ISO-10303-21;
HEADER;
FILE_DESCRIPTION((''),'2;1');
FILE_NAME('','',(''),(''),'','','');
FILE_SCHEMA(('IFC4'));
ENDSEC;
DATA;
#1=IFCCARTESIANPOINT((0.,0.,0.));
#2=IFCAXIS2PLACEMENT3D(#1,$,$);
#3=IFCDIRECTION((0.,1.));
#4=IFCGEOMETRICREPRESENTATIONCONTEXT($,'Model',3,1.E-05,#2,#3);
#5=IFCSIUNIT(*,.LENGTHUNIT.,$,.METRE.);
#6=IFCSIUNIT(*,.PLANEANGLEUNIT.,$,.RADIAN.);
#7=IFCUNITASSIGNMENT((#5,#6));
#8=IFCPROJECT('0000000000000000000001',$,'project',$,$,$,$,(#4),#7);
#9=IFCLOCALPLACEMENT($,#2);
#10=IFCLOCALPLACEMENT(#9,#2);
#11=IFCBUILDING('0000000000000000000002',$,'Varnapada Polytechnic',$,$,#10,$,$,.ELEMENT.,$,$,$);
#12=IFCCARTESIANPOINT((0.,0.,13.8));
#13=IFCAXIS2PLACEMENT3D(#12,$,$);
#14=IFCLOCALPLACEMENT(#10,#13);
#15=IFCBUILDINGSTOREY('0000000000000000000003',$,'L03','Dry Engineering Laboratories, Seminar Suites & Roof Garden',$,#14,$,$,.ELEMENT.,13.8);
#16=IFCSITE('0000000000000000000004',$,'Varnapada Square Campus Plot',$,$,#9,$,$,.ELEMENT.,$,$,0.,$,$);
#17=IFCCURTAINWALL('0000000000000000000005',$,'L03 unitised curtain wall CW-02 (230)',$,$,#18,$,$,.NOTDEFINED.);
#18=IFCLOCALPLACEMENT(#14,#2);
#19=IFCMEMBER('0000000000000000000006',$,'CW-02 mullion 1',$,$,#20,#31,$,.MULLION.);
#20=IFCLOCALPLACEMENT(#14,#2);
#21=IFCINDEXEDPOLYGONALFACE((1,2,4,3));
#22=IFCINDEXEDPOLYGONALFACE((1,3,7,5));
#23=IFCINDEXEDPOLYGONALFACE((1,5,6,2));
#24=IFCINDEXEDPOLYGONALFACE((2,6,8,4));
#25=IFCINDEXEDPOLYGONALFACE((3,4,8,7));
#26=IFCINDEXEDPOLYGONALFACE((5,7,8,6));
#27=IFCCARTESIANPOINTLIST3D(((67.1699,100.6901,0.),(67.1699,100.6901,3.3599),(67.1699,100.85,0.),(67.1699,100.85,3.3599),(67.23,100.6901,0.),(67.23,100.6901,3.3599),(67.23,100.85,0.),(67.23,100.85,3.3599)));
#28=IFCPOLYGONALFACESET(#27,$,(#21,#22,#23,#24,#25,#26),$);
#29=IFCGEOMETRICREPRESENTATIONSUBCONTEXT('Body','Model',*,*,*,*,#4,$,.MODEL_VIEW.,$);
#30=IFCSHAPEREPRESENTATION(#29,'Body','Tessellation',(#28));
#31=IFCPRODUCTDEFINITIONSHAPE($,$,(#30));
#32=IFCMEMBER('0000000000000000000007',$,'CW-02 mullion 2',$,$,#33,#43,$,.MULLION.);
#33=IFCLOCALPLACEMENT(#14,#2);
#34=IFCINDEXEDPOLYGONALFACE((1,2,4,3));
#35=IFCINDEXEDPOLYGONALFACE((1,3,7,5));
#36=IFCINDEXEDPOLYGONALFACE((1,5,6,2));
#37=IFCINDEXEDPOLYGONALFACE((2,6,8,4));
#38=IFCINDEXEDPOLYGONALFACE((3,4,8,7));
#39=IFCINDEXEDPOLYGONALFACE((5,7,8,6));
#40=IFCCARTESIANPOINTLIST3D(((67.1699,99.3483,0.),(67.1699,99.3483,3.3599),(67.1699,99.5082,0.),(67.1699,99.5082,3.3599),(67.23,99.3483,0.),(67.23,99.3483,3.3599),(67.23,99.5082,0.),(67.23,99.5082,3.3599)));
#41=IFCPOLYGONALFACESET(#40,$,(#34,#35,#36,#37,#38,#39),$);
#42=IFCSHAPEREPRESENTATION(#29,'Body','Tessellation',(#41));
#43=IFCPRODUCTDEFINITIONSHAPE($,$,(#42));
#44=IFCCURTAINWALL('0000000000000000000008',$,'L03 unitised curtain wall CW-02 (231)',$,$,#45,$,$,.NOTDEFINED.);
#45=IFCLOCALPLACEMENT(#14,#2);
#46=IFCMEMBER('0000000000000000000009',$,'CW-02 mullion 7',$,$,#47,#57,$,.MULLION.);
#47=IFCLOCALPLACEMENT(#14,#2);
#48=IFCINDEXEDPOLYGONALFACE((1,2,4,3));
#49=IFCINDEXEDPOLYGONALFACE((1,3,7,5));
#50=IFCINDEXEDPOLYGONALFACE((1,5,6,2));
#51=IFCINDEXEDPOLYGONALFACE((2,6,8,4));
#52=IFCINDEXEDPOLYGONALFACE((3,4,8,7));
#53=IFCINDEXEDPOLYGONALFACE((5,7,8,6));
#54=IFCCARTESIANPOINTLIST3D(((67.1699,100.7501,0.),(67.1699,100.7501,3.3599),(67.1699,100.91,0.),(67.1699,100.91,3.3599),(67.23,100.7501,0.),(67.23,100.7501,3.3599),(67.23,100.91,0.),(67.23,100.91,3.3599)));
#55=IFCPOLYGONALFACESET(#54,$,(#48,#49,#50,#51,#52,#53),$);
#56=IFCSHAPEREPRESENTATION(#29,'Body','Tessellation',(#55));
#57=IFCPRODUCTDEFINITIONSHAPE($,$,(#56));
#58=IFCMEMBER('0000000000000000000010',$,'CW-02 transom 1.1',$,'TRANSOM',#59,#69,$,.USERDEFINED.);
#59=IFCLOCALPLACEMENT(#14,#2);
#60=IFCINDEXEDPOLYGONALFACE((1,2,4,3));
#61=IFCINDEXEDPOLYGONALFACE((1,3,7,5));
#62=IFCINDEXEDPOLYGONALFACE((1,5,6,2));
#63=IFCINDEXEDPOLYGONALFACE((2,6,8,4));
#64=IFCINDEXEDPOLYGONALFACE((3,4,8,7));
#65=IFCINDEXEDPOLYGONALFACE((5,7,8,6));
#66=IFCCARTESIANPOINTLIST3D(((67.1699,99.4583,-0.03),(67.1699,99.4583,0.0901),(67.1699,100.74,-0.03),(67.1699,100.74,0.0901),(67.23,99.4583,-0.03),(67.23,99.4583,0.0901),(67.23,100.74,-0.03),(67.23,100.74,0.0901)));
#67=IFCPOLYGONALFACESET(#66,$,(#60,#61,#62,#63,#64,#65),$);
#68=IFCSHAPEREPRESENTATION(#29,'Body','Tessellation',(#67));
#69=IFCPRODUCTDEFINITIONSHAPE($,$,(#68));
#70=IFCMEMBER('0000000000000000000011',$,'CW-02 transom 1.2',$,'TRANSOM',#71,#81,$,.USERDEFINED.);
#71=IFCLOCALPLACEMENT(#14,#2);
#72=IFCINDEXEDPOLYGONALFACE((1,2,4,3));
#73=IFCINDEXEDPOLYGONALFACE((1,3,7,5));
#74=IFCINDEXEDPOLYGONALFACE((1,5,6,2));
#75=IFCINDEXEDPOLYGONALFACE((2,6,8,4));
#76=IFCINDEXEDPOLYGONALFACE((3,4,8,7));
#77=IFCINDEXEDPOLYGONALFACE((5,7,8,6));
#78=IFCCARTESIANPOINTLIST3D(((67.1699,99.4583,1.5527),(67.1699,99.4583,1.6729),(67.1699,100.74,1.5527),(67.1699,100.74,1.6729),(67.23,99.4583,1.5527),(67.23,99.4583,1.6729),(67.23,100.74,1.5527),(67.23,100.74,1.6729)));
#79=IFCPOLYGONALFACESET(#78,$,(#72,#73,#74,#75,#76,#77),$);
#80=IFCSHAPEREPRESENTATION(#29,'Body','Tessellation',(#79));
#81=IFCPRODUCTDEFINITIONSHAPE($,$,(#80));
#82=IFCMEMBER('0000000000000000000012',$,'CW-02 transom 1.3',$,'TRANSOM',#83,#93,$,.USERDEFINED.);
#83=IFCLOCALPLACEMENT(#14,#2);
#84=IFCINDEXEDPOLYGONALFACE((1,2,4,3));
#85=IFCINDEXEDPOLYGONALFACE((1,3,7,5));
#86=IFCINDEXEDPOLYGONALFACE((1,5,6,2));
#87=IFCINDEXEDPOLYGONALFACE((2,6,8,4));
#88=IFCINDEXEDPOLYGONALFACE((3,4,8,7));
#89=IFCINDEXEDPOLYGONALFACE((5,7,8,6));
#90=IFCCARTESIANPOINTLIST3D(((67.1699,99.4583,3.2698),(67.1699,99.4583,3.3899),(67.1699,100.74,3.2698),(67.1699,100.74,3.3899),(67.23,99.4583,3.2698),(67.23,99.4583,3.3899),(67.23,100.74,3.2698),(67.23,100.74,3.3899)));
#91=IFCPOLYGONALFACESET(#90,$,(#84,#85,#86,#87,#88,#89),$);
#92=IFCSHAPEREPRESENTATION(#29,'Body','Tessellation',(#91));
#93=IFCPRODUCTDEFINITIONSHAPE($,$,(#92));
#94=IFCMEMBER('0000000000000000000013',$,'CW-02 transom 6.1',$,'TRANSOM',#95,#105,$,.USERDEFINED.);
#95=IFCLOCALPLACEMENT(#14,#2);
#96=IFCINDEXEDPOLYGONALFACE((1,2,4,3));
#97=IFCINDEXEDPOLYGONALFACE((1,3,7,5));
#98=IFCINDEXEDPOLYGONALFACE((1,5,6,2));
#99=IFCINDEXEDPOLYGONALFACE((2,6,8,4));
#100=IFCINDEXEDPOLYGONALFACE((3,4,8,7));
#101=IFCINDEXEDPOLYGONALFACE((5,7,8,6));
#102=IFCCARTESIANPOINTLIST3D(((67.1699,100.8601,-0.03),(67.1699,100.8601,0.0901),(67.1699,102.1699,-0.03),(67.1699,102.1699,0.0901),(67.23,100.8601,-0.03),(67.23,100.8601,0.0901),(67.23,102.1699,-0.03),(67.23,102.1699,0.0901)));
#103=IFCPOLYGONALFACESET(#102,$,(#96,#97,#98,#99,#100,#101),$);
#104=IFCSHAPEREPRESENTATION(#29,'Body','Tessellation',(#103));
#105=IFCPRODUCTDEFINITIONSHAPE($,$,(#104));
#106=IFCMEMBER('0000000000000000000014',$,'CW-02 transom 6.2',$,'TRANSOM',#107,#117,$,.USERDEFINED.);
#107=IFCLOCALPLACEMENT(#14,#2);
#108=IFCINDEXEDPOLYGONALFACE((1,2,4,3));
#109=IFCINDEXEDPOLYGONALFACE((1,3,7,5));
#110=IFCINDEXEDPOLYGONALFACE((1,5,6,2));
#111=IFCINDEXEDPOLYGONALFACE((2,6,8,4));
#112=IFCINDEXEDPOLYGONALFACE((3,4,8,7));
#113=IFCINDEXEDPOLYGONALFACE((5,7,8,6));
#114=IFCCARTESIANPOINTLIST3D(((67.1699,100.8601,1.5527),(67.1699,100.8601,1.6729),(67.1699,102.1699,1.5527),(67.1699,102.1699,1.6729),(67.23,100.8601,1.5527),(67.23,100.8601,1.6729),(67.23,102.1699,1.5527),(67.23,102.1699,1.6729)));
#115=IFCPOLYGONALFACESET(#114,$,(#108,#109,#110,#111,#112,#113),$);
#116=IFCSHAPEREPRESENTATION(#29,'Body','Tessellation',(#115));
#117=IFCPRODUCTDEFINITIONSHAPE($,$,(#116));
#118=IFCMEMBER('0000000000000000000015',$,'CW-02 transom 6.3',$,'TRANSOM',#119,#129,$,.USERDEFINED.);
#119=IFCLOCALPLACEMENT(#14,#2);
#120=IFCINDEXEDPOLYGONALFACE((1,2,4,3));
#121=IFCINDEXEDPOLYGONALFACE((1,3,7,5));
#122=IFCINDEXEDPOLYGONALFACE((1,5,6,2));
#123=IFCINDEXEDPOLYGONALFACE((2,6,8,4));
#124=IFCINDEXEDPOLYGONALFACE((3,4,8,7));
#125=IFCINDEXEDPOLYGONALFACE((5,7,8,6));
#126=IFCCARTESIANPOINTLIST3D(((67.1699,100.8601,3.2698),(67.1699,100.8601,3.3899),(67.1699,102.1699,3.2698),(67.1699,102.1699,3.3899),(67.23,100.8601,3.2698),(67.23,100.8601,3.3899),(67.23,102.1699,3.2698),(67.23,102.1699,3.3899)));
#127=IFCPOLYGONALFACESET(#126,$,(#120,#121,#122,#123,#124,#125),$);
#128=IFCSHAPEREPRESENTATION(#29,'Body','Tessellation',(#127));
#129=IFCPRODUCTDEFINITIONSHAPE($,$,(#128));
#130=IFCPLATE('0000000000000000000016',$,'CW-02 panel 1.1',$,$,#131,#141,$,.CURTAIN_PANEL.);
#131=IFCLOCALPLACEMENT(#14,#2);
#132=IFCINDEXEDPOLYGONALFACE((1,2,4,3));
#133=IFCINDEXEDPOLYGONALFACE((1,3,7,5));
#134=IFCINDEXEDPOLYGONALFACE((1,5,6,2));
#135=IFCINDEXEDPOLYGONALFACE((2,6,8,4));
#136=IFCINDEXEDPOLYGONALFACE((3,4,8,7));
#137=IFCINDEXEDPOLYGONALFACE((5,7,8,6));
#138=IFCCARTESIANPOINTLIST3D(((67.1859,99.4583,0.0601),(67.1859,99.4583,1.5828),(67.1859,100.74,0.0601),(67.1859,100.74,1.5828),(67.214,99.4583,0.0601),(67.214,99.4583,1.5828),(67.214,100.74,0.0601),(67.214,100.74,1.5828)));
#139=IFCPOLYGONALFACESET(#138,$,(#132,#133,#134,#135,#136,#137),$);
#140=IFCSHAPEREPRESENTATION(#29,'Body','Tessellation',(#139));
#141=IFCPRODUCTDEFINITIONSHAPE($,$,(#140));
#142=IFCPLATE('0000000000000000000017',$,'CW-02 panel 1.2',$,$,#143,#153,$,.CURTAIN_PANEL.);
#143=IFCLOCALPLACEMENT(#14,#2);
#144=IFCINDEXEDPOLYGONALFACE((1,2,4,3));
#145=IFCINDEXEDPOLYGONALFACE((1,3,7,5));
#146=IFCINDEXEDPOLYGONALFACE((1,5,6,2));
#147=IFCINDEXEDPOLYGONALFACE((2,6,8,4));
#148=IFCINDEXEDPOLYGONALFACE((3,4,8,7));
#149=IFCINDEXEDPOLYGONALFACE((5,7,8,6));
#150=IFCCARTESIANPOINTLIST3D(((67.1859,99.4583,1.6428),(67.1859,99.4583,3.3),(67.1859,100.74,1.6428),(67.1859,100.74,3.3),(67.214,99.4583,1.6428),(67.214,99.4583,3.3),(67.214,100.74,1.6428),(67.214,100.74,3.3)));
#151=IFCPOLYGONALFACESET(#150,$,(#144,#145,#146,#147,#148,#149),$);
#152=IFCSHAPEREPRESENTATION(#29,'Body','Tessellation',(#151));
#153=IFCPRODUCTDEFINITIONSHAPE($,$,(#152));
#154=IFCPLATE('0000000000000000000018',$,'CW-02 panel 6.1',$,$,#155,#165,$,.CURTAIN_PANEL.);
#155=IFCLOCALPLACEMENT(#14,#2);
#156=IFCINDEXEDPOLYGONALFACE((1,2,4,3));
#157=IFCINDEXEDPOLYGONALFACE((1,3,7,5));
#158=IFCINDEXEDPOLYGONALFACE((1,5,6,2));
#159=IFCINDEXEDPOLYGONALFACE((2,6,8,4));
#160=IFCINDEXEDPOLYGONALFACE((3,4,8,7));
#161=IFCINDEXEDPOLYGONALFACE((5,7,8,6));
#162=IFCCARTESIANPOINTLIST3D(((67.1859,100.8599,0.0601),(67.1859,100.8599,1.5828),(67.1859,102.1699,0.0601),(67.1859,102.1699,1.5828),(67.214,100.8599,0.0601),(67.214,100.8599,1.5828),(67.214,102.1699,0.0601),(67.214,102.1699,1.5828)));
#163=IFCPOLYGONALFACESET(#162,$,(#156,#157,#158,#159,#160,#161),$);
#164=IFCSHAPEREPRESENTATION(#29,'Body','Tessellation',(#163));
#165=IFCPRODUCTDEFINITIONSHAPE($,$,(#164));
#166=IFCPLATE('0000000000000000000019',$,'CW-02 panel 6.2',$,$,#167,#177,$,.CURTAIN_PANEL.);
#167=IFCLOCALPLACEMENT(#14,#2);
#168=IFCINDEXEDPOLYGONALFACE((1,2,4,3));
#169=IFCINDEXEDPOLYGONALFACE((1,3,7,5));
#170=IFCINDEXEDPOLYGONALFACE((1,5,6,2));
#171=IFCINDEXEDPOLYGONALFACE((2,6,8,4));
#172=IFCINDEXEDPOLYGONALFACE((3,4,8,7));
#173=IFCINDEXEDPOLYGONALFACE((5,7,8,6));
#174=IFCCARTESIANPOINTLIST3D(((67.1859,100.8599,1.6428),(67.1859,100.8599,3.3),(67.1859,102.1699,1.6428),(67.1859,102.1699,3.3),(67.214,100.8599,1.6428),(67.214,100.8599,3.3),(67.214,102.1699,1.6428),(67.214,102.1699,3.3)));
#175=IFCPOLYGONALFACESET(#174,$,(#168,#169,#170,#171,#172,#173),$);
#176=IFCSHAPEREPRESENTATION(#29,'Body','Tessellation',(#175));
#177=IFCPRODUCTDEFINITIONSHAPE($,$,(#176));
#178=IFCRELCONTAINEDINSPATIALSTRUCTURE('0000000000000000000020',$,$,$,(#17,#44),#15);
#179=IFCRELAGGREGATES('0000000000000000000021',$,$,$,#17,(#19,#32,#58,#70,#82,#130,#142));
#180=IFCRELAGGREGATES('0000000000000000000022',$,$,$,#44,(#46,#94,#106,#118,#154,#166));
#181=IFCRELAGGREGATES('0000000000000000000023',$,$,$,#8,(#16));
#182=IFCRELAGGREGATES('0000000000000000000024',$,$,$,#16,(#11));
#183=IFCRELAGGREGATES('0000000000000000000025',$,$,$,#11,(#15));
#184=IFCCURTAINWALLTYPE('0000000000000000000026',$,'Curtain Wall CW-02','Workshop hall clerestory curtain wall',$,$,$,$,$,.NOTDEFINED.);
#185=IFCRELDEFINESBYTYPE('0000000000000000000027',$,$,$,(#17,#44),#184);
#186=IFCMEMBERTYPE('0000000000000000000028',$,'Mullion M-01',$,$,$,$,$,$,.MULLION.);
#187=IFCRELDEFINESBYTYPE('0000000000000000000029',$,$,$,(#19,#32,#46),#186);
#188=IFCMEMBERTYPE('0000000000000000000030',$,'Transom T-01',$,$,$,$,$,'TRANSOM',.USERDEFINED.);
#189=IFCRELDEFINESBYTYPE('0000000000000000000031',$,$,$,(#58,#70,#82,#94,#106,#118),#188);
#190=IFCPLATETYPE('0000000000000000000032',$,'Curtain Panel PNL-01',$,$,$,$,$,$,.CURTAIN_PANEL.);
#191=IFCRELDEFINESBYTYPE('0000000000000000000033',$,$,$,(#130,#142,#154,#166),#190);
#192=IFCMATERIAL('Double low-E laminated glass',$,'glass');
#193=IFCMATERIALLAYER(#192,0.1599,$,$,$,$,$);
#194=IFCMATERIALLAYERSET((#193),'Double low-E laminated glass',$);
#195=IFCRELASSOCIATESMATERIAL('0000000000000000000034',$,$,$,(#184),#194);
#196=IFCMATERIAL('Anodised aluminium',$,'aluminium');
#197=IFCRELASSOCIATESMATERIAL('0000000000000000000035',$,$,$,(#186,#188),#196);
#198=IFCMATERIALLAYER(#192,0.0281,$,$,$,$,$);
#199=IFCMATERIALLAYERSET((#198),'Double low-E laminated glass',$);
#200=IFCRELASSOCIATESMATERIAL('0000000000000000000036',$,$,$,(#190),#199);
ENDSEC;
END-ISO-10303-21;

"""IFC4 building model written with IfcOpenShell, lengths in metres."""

from ifc_helpers import new_model, si_unit, direction, frame, origin, origin_2d, place, context, subcontext, project, spatial, rectangle, extrude, material, layer, layer_set, material_profile, profile_set, type_object, element, aggregate, save


model = new_model("IFC4")

# Units and contexts
model_context = context("Model", 3, precision=1e-05, world=origin(), true_north=direction((0.0, 1.0)))
body_context = subcontext(model_context, "Body", "Model", "MODEL_VIEW")
ifc_project = project(units=[si_unit("LENGTHUNIT", "METRE"), si_unit("PLANEANGLEUNIT", "RADIAN")], contexts=[model_context])

# Site, building, storey
site_placement = place(None, origin())
site = spatial("IfcSite", under=ifc_project, at=site_placement, Name="Varnapada Square Campus Plot", CompositionType="ELEMENT", RefElevation=0.0)
building_placement = place(site_placement, origin())
building = spatial("IfcBuilding", under=site, at=building_placement, Name="Varnapada Polytechnic", CompositionType="ELEMENT")
storey_placement = place(building_placement, frame((0.0, 0.0, 13.8)))
storey = spatial("IfcBuildingStorey", under=building, at=storey_placement, Name="L03", Description="Dry Engineering Laboratories, Seminar Suites & Roof Garden", CompositionType="ELEMENT", Elevation=13.8)

# Curtain wall, members
ifc_material_1 = material(Name="Double low-E laminated glass", Category="glass")
ifc_layer_1 = layer(ifc_material_1, 0.1599)
ifc_layer_set_1 = layer_set([ifc_layer_1], Name="Double low-E laminated glass")
curtain_wall_type = type_object("IfcCurtainWallType", Name="Curtain Wall CW-02", Description="Workshop hall clerestory curtain wall", PredefinedType="NOTDEFINED", material=ifc_layer_set_1)
curtain_wall_1_placement = place(storey_placement, origin())
curtain_wall_1 = element("IfcCurtainWall", 1, at=curtain_wall_1_placement, inside=storey, type_object=curtain_wall_type, Name="L03 unitised curtain wall CW-02 (230)", PredefinedType="NOTDEFINED")
ifc_material_2 = material(Name="Anodised aluminium", Category="aluminium")
ifc_material_profile_1 = material_profile(ifc_material_2, rectangle(XDim=0.0601, YDim=0.1599, at=origin_2d()), Name="ALU M60x160")
ifc_profile_set_1 = profile_set([ifc_material_profile_1], Name="Anodised aluminium")
member_type_1 = type_object("IfcMemberType", Name="Mullion M-01", PredefinedType="MULLION", material=ifc_profile_set_1)
member_1_placement = place(storey_placement, frame((67.2, 100.77, 0.0), z_axis=(0.0, 0.0, 1.0), x_axis=(1.0, 0.0, 0.0)))
member_1 = element("IfcMember", 2, at=member_1_placement, type_object=member_type_1, Name="CW-02 mullion 1", PredefinedType="MULLION", context=body_context, shape_type="SweptSolid", body=[
    extrude(rectangle(XDim=0.0601, YDim=0.1599, at=origin_2d()), origin(), (0.0, 0.0, 1.0), 3.3599),
])
member_2_placement = place(storey_placement, frame((67.2, 99.4282, 0.0), z_axis=(0.0, 0.0, 1.0), x_axis=(1.0, 0.0, 0.0)))
member_2 = element("IfcMember", 3, at=member_2_placement, type_object=member_type_1, Name="CW-02 mullion 2", PredefinedType="MULLION", context=body_context, shape_type="SweptSolid", body=[
    extrude(rectangle(XDim=0.0601, YDim=0.1599, at=origin_2d()), origin(), (0.0, 0.0, 1.0), 3.3599),
])

# Curtain wall, member
curtain_wall_2_placement = place(storey_placement, origin())
curtain_wall_2 = element("IfcCurtainWall", 4, at=curtain_wall_2_placement, inside=storey, type_object=curtain_wall_type, Name="L03 unitised curtain wall CW-02 (231)", PredefinedType="NOTDEFINED")
member_3_placement = place(storey_placement, frame((67.2, 100.8301, 0.0), z_axis=(0.0, 0.0, 1.0), x_axis=(1.0, 0.0, 0.0)))
member_3 = element("IfcMember", 5, at=member_3_placement, type_object=member_type_1, Name="CW-02 mullion 7", PredefinedType="MULLION", context=body_context, shape_type="SweptSolid", body=[
    extrude(rectangle(XDim=0.0601, YDim=0.1599, at=origin_2d()), origin(), (0.0, 0.0, 1.0), 3.3599),
])

# Members
ifc_material_profile_2 = material_profile(ifc_material_2, rectangle(XDim=0.0601, YDim=0.1201, at=origin_2d()), Name="ALU T60x120")
ifc_profile_set_2 = profile_set([ifc_material_profile_2], Name="Anodised aluminium")
member_type_2 = type_object("IfcMemberType", Name="Transom T-01", ElementType="TRANSOM", PredefinedType="USERDEFINED", material=ifc_profile_set_2)
member_4_placement = place(storey_placement, frame((67.2, 100.74, 0.03), z_axis=(0.0, -1.0, 0.0), x_axis=(1.0, 0.0, 0.0)))
member_4 = element("IfcMember", 6, at=member_4_placement, type_object=member_type_2, Name="CW-02 transom 1.1", ObjectType="TRANSOM", PredefinedType="USERDEFINED", context=body_context, shape_type="SweptSolid", body=[
    extrude(rectangle(XDim=0.0601, YDim=0.1201, at=origin_2d()), origin(), (0.0, 0.0, 1.0), 1.2817),
])
member_5_placement = place(storey_placement, frame((67.2, 100.74, 1.6128), z_axis=(0.0, -1.0, 0.0), x_axis=(1.0, 0.0, 0.0)))
member_5 = element("IfcMember", 7, at=member_5_placement, type_object=member_type_2, Name="CW-02 transom 1.2", ObjectType="TRANSOM", PredefinedType="USERDEFINED", context=body_context, shape_type="SweptSolid", body=[
    extrude(rectangle(XDim=0.0601, YDim=0.1201, at=origin_2d()), origin(), (0.0, 0.0, 1.0), 1.2817),
])
member_6_placement = place(storey_placement, frame((67.2, 100.74, 3.3298), z_axis=(0.0, -1.0, 0.0), x_axis=(1.0, 0.0, 0.0)))
member_6 = element("IfcMember", 8, at=member_6_placement, type_object=member_type_2, Name="CW-02 transom 1.3", ObjectType="TRANSOM", PredefinedType="USERDEFINED", context=body_context, shape_type="SweptSolid", body=[
    extrude(rectangle(XDim=0.0601, YDim=0.1201, at=origin_2d()), origin(), (0.0, 0.0, 1.0), 1.2817),
])
member_7_placement = place(storey_placement, frame((67.2, 102.1699, 0.03), z_axis=(0.0, -1.0, 0.0), x_axis=(1.0, 0.0, 0.0)))
member_7 = element("IfcMember", 9, at=member_7_placement, type_object=member_type_2, Name="CW-02 transom 6.1", ObjectType="TRANSOM", PredefinedType="USERDEFINED", context=body_context, shape_type="SweptSolid", body=[
    extrude(rectangle(XDim=0.0601, YDim=0.1201, at=origin_2d()), origin(), (0.0, 0.0, 1.0), 1.3098),
])
member_8_placement = place(storey_placement, frame((67.2, 102.1699, 1.6128), z_axis=(0.0, -1.0, 0.0), x_axis=(1.0, 0.0, 0.0)))
member_8 = element("IfcMember", 10, at=member_8_placement, type_object=member_type_2, Name="CW-02 transom 6.2", ObjectType="TRANSOM", PredefinedType="USERDEFINED", context=body_context, shape_type="SweptSolid", body=[
    extrude(rectangle(XDim=0.0601, YDim=0.1201, at=origin_2d()), origin(), (0.0, 0.0, 1.0), 1.3098),
])
member_9_placement = place(storey_placement, frame((67.2, 102.1699, 3.3298), z_axis=(0.0, -1.0, 0.0), x_axis=(1.0, 0.0, 0.0)))
member_9 = element("IfcMember", 11, at=member_9_placement, type_object=member_type_2, Name="CW-02 transom 6.3", ObjectType="TRANSOM", PredefinedType="USERDEFINED", context=body_context, shape_type="SweptSolid", body=[
    extrude(rectangle(XDim=0.0601, YDim=0.1201, at=origin_2d()), origin(), (0.0, 0.0, 1.0), 1.3098),
])

# Plates
ifc_layer_2 = layer(ifc_material_1, 0.0281)
ifc_layer_set_2 = layer_set([ifc_layer_2], Name="Double low-E laminated glass")
plate_type = type_object("IfcPlateType", Name="Curtain Panel PNL-01", PredefinedType="CURTAIN_PANEL", material=ifc_layer_set_2)
plate_1_placement = place(storey_placement, frame((67.2, 100.0991, 0.0601), z_axis=(0.0, 0.0, 1.0), x_axis=(0.0, -1.0, 0.0)))
plate_1 = element("IfcPlate", 12, at=plate_1_placement, type_object=plate_type, Name="CW-02 panel 1.1", PredefinedType="CURTAIN_PANEL", context=body_context, shape_type="SweptSolid", body=[
    extrude(rectangle(XDim=1.2817, YDim=0.0281, at=origin_2d()), origin(), (0.0, 0.0, 1.0), 1.5227),
])
plate_2_placement = place(storey_placement, frame((67.2, 100.0991, 1.6428), z_axis=(0.0, 0.0, 1.0), x_axis=(0.0, -1.0, 0.0)))
plate_2 = element("IfcPlate", 13, at=plate_2_placement, type_object=plate_type, Name="CW-02 panel 1.2", PredefinedType="CURTAIN_PANEL", context=body_context, shape_type="SweptSolid", body=[
    extrude(rectangle(XDim=1.2817, YDim=0.0281, at=origin_2d()), origin(), (0.0, 0.0, 1.0), 1.6572),
])
aggregate(curtain_wall_1, [member_1, member_2, member_4, member_5, member_6, plate_1, plate_2])
plate_3_placement = place(storey_placement, frame((67.2, 101.5149, 0.0601), z_axis=(0.0, 0.0, 1.0), x_axis=(0.0, -1.0, 0.0)))
plate_3 = element("IfcPlate", 14, at=plate_3_placement, type_object=plate_type, Name="CW-02 panel 6.1", PredefinedType="CURTAIN_PANEL", context=body_context, shape_type="SweptSolid", body=[
    extrude(rectangle(XDim=1.3101, YDim=0.0281, at=origin_2d()), origin(), (0.0, 0.0, 1.0), 1.5227),
])
plate_4_placement = place(storey_placement, frame((67.2, 101.5149, 1.6428), z_axis=(0.0, 0.0, 1.0), x_axis=(0.0, -1.0, 0.0)))
plate_4 = element("IfcPlate", 15, at=plate_4_placement, type_object=plate_type, Name="CW-02 panel 6.2", PredefinedType="CURTAIN_PANEL", context=body_context, shape_type="SweptSolid", body=[
    extrude(rectangle(XDim=1.3101, YDim=0.0281, at=origin_2d()), origin(), (0.0, 0.0, 1.0), 1.6572),
])
aggregate(curtain_wall_2, [member_3, member_7, member_8, member_9, plate_3, plate_4])

save(model, "model.ifc")
